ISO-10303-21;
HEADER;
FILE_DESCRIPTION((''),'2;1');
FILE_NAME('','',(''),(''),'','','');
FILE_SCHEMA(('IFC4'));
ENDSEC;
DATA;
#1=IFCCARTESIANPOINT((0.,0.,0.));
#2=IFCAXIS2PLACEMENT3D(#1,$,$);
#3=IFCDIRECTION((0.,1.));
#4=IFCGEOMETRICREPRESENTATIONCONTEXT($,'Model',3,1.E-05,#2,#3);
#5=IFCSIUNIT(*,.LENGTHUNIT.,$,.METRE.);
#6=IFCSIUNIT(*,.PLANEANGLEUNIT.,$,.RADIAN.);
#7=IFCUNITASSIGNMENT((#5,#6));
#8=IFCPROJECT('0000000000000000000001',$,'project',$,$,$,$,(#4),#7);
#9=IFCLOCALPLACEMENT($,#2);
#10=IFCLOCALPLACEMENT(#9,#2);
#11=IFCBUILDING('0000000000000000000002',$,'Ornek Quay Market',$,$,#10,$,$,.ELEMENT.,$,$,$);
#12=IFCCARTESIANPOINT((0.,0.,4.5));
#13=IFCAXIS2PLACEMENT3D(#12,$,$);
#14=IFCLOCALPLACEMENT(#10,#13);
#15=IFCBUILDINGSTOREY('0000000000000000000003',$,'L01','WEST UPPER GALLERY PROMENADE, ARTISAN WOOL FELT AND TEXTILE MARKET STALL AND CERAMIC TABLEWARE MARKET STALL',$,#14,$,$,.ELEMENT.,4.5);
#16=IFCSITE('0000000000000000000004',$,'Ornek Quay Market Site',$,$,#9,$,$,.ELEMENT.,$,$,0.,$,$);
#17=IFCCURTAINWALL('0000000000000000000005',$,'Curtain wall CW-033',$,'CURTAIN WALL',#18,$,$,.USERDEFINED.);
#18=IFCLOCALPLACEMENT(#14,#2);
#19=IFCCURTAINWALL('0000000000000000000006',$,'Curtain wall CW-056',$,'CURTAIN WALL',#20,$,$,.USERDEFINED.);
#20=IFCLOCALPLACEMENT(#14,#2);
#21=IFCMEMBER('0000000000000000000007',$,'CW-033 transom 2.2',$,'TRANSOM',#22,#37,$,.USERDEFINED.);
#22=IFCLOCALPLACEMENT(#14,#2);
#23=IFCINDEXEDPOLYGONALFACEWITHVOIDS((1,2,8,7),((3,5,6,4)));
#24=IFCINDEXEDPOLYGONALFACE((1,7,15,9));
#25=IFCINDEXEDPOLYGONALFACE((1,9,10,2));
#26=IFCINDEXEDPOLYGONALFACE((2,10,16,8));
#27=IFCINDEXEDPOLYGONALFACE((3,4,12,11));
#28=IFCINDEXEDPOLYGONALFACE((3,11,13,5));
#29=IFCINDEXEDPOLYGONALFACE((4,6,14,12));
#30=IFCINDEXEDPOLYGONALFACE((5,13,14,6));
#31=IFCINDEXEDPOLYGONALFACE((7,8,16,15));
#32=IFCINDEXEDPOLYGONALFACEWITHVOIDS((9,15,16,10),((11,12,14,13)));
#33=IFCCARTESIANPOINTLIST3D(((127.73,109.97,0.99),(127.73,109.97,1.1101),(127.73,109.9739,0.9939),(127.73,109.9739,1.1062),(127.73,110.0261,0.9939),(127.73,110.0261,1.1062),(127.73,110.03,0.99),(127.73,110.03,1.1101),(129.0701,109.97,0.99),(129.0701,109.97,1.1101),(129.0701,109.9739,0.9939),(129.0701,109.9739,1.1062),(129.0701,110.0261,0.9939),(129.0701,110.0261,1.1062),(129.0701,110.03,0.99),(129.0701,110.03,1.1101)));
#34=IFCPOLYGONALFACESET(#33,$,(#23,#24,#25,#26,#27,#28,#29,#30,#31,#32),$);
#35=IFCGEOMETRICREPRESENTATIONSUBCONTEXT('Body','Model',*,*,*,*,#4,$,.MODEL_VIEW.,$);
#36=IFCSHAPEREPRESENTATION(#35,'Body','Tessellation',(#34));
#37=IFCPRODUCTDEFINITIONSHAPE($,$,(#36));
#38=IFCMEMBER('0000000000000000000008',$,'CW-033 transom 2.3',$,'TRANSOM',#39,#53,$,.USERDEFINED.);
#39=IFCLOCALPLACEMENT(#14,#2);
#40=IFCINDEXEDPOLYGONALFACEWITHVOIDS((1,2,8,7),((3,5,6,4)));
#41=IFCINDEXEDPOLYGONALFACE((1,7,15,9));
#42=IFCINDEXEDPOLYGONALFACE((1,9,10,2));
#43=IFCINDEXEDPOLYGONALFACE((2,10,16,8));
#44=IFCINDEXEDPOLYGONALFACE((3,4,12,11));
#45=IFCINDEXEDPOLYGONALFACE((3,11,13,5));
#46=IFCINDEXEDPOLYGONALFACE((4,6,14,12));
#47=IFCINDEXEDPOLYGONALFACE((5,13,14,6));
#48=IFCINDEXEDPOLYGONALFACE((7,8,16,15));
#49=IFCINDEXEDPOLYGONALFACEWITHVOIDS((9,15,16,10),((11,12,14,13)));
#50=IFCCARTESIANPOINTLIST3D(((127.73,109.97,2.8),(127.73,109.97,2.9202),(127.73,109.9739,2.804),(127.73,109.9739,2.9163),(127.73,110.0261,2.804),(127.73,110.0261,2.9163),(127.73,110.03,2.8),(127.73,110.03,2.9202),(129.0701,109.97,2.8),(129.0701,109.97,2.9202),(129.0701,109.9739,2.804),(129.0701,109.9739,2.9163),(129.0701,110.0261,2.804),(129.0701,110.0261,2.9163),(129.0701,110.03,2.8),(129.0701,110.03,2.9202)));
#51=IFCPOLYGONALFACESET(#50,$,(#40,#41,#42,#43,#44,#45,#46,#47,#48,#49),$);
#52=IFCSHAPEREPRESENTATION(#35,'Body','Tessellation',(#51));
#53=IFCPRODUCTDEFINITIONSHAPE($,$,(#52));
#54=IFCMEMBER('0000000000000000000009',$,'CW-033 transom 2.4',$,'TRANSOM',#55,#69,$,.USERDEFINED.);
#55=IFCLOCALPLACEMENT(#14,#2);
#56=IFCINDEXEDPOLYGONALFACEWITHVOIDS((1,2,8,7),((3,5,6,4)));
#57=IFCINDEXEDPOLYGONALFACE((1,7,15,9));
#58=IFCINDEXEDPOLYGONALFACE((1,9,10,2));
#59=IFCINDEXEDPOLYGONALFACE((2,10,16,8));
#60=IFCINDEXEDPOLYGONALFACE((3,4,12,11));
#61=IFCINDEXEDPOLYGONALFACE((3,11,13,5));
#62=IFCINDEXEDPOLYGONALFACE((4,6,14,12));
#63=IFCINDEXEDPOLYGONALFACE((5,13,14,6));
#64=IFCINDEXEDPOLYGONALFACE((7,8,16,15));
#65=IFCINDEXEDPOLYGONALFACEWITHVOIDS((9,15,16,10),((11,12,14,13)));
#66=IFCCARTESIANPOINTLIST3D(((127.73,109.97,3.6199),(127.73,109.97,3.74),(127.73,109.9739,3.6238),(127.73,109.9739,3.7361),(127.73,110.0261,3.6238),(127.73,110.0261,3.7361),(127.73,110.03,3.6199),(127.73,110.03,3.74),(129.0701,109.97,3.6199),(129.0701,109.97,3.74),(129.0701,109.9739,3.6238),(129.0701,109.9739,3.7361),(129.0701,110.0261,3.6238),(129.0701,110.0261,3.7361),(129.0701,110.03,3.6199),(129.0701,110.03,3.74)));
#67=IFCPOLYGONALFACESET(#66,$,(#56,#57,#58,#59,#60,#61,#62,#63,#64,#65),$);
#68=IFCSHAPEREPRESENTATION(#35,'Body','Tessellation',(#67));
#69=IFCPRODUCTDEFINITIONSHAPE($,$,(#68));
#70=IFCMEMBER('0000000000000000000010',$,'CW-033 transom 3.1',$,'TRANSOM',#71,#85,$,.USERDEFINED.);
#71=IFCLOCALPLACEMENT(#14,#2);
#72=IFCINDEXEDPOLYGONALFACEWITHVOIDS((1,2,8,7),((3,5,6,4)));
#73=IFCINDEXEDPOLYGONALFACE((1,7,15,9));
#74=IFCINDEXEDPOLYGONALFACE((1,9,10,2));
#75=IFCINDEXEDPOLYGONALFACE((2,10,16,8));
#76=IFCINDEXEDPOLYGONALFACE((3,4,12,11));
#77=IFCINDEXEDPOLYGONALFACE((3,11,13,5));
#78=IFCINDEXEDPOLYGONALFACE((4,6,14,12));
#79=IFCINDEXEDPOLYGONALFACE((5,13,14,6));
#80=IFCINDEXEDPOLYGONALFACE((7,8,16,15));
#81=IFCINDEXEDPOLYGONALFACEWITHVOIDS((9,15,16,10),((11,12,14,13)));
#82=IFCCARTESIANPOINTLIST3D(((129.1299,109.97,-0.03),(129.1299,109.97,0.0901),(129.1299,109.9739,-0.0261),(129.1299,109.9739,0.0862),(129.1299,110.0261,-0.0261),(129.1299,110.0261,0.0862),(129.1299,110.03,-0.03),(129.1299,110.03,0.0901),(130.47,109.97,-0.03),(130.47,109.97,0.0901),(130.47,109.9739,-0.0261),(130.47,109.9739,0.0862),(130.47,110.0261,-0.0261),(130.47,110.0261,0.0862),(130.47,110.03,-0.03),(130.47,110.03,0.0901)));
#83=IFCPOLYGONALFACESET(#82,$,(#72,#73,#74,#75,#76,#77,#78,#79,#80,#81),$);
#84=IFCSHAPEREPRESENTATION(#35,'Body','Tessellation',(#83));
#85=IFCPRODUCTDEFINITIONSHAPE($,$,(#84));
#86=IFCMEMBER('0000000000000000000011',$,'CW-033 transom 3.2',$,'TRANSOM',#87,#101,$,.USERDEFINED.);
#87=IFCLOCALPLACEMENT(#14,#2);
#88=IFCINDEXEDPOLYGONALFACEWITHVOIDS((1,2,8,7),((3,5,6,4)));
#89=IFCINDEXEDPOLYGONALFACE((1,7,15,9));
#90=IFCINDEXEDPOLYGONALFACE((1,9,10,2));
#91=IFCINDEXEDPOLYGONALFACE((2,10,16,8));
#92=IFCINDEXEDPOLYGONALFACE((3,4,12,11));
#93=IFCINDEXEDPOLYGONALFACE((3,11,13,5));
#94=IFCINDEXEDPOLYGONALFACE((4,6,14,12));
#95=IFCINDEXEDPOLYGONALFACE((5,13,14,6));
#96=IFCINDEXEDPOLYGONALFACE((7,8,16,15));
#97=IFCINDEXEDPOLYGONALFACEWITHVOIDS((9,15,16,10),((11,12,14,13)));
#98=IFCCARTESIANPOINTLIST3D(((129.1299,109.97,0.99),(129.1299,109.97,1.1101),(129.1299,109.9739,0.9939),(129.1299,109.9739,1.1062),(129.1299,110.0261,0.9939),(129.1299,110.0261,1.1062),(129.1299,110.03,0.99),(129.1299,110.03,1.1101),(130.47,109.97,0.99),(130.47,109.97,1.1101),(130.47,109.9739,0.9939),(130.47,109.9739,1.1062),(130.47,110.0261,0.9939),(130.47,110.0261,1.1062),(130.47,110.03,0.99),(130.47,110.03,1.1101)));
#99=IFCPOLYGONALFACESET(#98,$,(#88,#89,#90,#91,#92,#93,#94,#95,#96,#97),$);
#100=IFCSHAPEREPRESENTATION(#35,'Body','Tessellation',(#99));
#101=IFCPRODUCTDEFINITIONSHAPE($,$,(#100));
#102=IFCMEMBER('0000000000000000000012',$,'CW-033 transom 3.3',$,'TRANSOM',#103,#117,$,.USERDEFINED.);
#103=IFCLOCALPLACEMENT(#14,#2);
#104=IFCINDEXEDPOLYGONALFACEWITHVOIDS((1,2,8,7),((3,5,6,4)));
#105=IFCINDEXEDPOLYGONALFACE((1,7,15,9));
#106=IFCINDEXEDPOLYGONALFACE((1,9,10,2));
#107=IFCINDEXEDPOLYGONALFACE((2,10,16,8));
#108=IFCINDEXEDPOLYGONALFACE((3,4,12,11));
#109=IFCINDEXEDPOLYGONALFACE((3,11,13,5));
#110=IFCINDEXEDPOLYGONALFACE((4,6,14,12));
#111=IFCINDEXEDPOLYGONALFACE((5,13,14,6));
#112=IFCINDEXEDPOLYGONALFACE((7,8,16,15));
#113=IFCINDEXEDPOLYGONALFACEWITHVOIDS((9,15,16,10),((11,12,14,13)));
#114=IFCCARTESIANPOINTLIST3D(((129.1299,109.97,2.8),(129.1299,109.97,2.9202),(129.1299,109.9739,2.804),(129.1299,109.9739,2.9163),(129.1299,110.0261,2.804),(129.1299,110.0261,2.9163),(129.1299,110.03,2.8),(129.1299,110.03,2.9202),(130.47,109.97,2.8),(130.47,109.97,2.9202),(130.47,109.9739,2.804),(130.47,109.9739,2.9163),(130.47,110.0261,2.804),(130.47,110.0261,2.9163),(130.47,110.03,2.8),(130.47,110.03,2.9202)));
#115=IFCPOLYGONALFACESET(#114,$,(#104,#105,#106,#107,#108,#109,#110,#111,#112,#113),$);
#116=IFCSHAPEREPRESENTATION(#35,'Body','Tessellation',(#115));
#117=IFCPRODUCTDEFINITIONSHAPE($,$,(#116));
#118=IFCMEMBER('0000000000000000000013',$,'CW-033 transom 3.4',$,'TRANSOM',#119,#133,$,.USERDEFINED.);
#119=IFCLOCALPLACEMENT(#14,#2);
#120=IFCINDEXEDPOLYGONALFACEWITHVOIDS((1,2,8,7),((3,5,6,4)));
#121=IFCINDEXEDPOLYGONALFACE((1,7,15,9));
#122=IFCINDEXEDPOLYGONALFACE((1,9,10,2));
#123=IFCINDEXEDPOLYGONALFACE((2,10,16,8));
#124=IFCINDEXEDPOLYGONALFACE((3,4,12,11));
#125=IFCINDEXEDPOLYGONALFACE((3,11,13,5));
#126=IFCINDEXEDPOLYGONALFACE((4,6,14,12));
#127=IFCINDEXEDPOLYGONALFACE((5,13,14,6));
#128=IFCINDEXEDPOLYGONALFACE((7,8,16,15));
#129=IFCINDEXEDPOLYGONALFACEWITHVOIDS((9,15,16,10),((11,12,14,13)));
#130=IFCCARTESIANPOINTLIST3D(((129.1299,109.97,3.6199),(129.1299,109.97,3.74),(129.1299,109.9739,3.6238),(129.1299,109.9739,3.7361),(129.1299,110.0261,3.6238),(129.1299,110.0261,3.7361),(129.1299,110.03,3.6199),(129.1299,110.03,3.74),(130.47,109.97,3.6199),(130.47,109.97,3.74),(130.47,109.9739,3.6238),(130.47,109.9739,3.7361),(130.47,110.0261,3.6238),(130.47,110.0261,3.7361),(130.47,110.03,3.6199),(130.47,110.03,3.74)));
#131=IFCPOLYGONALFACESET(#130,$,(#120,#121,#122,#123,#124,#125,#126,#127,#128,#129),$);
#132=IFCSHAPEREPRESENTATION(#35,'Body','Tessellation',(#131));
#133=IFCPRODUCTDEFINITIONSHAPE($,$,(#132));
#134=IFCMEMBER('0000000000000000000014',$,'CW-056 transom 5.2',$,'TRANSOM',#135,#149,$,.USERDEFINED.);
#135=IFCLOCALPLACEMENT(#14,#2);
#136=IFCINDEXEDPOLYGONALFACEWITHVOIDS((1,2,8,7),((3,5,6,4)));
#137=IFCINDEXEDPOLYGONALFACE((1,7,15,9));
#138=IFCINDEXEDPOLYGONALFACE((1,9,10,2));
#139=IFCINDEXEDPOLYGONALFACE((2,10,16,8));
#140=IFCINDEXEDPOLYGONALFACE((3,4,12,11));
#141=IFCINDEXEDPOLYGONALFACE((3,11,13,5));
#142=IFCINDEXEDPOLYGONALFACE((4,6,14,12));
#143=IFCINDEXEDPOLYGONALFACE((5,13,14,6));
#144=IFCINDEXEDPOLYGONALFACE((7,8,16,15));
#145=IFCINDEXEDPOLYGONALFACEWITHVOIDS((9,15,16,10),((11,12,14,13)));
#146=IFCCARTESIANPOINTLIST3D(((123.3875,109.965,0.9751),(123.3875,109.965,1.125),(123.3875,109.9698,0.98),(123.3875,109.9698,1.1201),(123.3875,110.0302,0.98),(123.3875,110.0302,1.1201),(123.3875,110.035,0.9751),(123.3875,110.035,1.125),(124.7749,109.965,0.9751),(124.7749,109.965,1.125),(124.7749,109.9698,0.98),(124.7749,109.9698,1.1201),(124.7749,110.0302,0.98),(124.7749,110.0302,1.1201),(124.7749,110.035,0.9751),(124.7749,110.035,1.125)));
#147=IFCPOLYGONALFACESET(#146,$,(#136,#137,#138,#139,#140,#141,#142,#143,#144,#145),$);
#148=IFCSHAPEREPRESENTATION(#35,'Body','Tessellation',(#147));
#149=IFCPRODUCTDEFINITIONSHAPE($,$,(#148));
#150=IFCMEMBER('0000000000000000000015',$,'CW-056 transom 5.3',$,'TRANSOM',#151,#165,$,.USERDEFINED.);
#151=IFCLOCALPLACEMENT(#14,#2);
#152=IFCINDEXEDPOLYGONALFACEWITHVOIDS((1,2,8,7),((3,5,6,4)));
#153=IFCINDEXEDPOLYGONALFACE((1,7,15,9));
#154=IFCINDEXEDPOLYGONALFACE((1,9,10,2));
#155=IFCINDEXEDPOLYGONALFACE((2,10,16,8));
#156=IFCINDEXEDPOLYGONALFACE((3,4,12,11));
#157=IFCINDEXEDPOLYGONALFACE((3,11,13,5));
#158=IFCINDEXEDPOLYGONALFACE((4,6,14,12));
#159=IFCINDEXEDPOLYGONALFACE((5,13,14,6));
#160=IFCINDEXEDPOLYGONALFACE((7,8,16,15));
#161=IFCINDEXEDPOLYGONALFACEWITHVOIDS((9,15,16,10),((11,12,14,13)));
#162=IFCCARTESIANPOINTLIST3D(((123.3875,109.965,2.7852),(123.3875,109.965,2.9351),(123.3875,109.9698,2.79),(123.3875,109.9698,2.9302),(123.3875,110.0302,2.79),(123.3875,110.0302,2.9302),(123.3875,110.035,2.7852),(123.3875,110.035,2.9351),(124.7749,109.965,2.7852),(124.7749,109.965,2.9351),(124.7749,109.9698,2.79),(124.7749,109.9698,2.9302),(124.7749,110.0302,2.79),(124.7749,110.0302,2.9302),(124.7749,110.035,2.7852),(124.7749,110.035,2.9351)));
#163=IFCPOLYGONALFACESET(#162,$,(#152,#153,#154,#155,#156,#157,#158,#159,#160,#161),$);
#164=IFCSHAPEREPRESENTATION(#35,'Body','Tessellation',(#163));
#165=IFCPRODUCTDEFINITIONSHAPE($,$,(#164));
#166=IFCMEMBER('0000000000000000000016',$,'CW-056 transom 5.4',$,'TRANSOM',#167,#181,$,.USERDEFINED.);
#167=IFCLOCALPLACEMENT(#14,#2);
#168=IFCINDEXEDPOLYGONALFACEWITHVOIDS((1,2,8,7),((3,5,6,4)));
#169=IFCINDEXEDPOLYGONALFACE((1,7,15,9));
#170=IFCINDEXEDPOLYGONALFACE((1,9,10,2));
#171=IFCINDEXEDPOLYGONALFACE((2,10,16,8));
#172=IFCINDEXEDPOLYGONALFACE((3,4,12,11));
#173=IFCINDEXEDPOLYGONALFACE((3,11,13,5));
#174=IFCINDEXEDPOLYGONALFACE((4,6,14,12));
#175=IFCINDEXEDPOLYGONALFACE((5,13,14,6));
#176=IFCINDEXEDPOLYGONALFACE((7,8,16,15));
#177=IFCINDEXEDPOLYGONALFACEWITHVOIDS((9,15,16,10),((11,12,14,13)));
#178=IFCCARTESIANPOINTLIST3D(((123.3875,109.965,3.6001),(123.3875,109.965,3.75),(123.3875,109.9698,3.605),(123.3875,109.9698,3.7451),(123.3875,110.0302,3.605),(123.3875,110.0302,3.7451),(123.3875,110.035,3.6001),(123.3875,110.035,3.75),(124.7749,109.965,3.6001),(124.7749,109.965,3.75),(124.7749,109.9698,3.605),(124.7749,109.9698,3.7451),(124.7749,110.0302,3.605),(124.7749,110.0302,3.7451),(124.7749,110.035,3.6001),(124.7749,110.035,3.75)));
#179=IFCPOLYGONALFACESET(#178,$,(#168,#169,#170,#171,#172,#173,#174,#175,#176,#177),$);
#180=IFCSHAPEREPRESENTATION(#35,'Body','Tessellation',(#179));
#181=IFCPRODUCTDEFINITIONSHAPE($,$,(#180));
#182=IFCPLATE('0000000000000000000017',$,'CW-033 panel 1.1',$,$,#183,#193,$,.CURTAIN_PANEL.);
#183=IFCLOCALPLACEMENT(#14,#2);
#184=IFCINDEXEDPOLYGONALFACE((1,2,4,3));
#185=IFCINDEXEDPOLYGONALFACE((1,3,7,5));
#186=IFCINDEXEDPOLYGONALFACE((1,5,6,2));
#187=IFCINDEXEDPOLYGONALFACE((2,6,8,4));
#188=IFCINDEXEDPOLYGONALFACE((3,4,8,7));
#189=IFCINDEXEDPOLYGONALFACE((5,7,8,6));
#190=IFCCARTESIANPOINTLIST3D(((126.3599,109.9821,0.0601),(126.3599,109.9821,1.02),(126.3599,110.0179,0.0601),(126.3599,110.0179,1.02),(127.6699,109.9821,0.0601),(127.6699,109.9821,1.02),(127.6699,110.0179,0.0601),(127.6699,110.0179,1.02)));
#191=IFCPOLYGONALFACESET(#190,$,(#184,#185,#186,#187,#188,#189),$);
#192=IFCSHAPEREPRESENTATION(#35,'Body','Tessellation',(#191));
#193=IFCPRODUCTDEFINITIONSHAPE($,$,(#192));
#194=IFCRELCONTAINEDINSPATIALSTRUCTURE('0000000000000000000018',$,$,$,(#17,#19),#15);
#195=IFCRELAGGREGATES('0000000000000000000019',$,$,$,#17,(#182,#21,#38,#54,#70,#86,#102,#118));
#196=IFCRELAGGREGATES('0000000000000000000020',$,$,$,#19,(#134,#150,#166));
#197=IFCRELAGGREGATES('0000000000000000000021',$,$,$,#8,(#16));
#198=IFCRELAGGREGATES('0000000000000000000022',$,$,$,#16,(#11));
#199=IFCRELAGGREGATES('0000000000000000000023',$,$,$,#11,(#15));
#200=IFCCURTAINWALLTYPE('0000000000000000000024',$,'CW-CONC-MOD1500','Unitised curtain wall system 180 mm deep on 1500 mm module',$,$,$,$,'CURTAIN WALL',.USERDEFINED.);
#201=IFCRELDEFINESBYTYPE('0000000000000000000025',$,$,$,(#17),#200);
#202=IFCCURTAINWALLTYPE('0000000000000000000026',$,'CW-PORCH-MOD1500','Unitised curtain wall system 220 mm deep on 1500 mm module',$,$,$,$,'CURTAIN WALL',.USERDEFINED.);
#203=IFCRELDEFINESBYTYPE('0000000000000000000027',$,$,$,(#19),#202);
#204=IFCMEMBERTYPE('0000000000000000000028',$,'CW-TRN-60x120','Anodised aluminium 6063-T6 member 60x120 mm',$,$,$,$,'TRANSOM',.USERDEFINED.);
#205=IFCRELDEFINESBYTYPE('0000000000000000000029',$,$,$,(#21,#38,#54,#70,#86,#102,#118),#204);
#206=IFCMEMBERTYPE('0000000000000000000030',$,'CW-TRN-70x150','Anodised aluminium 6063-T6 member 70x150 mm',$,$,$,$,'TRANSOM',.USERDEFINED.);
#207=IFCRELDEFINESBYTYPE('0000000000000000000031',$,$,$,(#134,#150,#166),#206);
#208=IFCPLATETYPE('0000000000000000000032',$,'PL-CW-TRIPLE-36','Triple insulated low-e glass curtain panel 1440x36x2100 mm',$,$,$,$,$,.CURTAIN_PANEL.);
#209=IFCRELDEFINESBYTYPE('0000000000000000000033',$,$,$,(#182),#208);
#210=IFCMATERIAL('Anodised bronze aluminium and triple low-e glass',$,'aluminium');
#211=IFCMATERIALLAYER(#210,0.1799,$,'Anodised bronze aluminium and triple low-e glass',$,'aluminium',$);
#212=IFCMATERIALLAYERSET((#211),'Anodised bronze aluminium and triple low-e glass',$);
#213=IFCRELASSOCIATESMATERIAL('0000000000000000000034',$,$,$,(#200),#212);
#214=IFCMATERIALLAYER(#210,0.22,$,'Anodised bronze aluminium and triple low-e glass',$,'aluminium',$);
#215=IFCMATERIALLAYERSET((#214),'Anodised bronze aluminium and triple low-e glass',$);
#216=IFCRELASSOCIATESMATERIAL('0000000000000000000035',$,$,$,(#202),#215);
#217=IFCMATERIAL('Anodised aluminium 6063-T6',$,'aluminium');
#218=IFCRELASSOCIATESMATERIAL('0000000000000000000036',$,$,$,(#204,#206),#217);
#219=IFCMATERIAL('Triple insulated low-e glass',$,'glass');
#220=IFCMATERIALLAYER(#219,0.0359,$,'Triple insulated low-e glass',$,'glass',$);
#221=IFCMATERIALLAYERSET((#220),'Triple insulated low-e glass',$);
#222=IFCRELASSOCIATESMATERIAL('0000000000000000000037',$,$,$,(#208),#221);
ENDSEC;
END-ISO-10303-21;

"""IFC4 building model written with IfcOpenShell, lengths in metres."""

from ifc_helpers import new_model, si_unit, direction, frame, origin, origin_2d, place, context, subcontext, project, spatial, rectangle, hollow_rectangle, extrude, material, layer, layer_set, material_profile, profile_set, type_object, element, aggregate, save


model = new_model("IFC4")

# Units and contexts
model_context = context("Model", 3, precision=1e-05, world=origin(), true_north=direction((0.0, 1.0)))
body_context = subcontext(model_context, "Body", "Model", "MODEL_VIEW")
ifc_project = project(units=[si_unit("LENGTHUNIT", "METRE"), si_unit("PLANEANGLEUNIT", "RADIAN")], contexts=[model_context])

# Site, building, storey
site_placement = place(None, origin())
site = spatial("IfcSite", under=ifc_project, at=site_placement, Name="Ornek Quay Market Site", CompositionType="ELEMENT", RefElevation=0.0)
building_placement = place(site_placement, origin())
building = spatial("IfcBuilding", under=site, at=building_placement, Name="Ornek Quay Market", CompositionType="ELEMENT")
storey_placement = place(building_placement, frame((0.0, 0.0, 4.5)))
storey = spatial("IfcBuildingStorey", under=building, at=storey_placement, Name="L01", Description="WEST UPPER GALLERY PROMENADE, ARTISAN WOOL FELT AND TEXTILE MARKET STALL AND CERAMIC TABLEWARE MARKET STALL", CompositionType="ELEMENT", Elevation=4.5)

# Curtain wall
ifc_material_1 = material(Name="Anodised bronze aluminium and triple low-e glass", Category="aluminium")
ifc_layer_1 = layer(ifc_material_1, 0.1799, Name="Anodised bronze aluminium and triple low-e glass", Category="aluminium")
ifc_layer_set_1 = layer_set([ifc_layer_1], Name="Anodised bronze aluminium and triple low-e glass")
curtain_wall_type_1 = type_object("IfcCurtainWallType", Name="CW-CONC-MOD1500", Description="Unitised curtain wall system 180 mm deep on 1500 mm module", ElementType="CURTAIN WALL", PredefinedType="USERDEFINED", material=ifc_layer_set_1)
curtain_wall_1_placement = place(storey_placement, origin())
curtain_wall_1 = element("IfcCurtainWall", 1, at=curtain_wall_1_placement, inside=storey, type_object=curtain_wall_type_1, Name="Curtain wall CW-033", ObjectType="CURTAIN WALL", PredefinedType="USERDEFINED")
ifc_material_2 = material(Name="Anodised aluminium 6063-T6", Category="aluminium")

# Curtain wall
ifc_layer_2 = layer(ifc_material_1, 0.22, Name="Anodised bronze aluminium and triple low-e glass", Category="aluminium")
ifc_layer_set_2 = layer_set([ifc_layer_2], Name="Anodised bronze aluminium and triple low-e glass")
curtain_wall_type_2 = type_object("IfcCurtainWallType", Name="CW-PORCH-MOD1500", Description="Unitised curtain wall system 220 mm deep on 1500 mm module", ElementType="CURTAIN WALL", PredefinedType="USERDEFINED", material=ifc_layer_set_2)
curtain_wall_2_placement = place(storey_placement, origin())
curtain_wall_2 = element("IfcCurtainWall", 2, at=curtain_wall_2_placement, inside=storey, type_object=curtain_wall_type_2, Name="Curtain wall CW-056", ObjectType="CURTAIN WALL", PredefinedType="USERDEFINED")

# Members
ifc_material_profile_1 = material_profile(ifc_material_2, hollow_rectangle(XDim=0.0601, YDim=0.1201, WallThickness=0.0039, at=origin_2d()), Name="CW-TRN-60x120", Category="aluminium")
ifc_profile_set_1 = profile_set([ifc_material_profile_1], Name="Anodised aluminium 6063-T6")
member_type_1 = type_object("IfcMemberType", Name="CW-TRN-60x120", Description="Anodised aluminium 6063-T6 member 60x120 mm", ElementType="TRANSOM", PredefinedType="USERDEFINED", material=ifc_profile_set_1)
member_1_placement = place(storey_placement, frame((127.73, 110.0, 1.05), z_axis=(1.0, 0.0, 0.0), x_axis=(0.0, 1.0, 0.0)))
member_1 = element("IfcMember", 3, at=member_1_placement, type_object=member_type_1, Name="CW-033 transom 2.2", ObjectType="TRANSOM", PredefinedType="USERDEFINED", context=body_context, shape_type="SweptSolid", body=[
    extrude(hollow_rectangle(XDim=0.0601, YDim=0.1201, WallThickness=0.0039, at=origin_2d()), origin(), (0.0, 0.0, 1.0), 1.3401),
])
member_2_placement = place(storey_placement, frame((127.73, 110.0, 2.8601), z_axis=(1.0, 0.0, 0.0), x_axis=(0.0, 1.0, 0.0)))
member_2 = element("IfcMember", 4, at=member_2_placement, type_object=member_type_1, Name="CW-033 transom 2.3", ObjectType="TRANSOM", PredefinedType="USERDEFINED", context=body_context, shape_type="SweptSolid", body=[
    extrude(hollow_rectangle(XDim=0.0601, YDim=0.1201, WallThickness=0.0039, at=origin_2d()), origin(), (0.0, 0.0, 1.0), 1.3401),
])
member_3_placement = place(storey_placement, frame((127.73, 110.0, 3.6799), z_axis=(1.0, 0.0, 0.0), x_axis=(0.0, 1.0, 0.0)))
member_3 = element("IfcMember", 5, at=member_3_placement, type_object=member_type_1, Name="CW-033 transom 2.4", ObjectType="TRANSOM", PredefinedType="USERDEFINED", context=body_context, shape_type="SweptSolid", body=[
    extrude(hollow_rectangle(XDim=0.0601, YDim=0.1201, WallThickness=0.0039, at=origin_2d()), origin(), (0.0, 0.0, 1.0), 1.3401),
])
member_4_placement = place(storey_placement, frame((129.1299, 110.0, 0.03), z_axis=(1.0, 0.0, 0.0), x_axis=(0.0, 1.0, 0.0)))
member_4 = element("IfcMember", 6, at=member_4_placement, type_object=member_type_1, Name="CW-033 transom 3.1", ObjectType="TRANSOM", PredefinedType="USERDEFINED", context=body_context, shape_type="SweptSolid", body=[
    extrude(hollow_rectangle(XDim=0.0601, YDim=0.1201, WallThickness=0.0039, at=origin_2d()), origin(), (0.0, 0.0, 1.0), 1.3401),
])
member_5_placement = place(storey_placement, frame((129.1299, 110.0, 1.05), z_axis=(1.0, 0.0, 0.0), x_axis=(0.0, 1.0, 0.0)))
member_5 = element("IfcMember", 7, at=member_5_placement, type_object=member_type_1, Name="CW-033 transom 3.2", ObjectType="TRANSOM", PredefinedType="USERDEFINED", context=body_context, shape_type="SweptSolid", body=[
    extrude(hollow_rectangle(XDim=0.0601, YDim=0.1201, WallThickness=0.0039, at=origin_2d()), origin(), (0.0, 0.0, 1.0), 1.3401),
])
member_6_placement = place(storey_placement, frame((129.1299, 110.0, 2.8601), z_axis=(1.0, 0.0, 0.0), x_axis=(0.0, 1.0, 0.0)))
member_6 = element("IfcMember", 8, at=member_6_placement, type_object=member_type_1, Name="CW-033 transom 3.3", ObjectType="TRANSOM", PredefinedType="USERDEFINED", context=body_context, shape_type="SweptSolid", body=[
    extrude(hollow_rectangle(XDim=0.0601, YDim=0.1201, WallThickness=0.0039, at=origin_2d()), origin(), (0.0, 0.0, 1.0), 1.3401),
])
member_7_placement = place(storey_placement, frame((129.1299, 110.0, 3.6799), z_axis=(1.0, 0.0, 0.0), x_axis=(0.0, 1.0, 0.0)))
member_7 = element("IfcMember", 9, at=member_7_placement, type_object=member_type_1, Name="CW-033 transom 3.4", ObjectType="TRANSOM", PredefinedType="USERDEFINED", context=body_context, shape_type="SweptSolid", body=[
    extrude(hollow_rectangle(XDim=0.0601, YDim=0.1201, WallThickness=0.0039, at=origin_2d()), origin(), (0.0, 0.0, 1.0), 1.3401),
])
ifc_material_profile_2 = material_profile(ifc_material_2, hollow_rectangle(XDim=0.0701, YDim=0.1499, WallThickness=0.0049, at=origin_2d()), Name="CW-TRN-70x150", Category="aluminium")
ifc_profile_set_2 = profile_set([ifc_material_profile_2], Name="Anodised aluminium 6063-T6")
member_type_2 = type_object("IfcMemberType", Name="CW-TRN-70x150", Description="Anodised aluminium 6063-T6 member 70x150 mm", ElementType="TRANSOM", PredefinedType="USERDEFINED", material=ifc_profile_set_2)
member_8_placement = place(storey_placement, frame((123.3875, 110.0, 1.05), z_axis=(1.0, 0.0, 0.0), x_axis=(0.0, 1.0, 0.0)))
member_8 = element("IfcMember", 10, at=member_8_placement, type_object=member_type_2, Name="CW-056 transom 5.2", ObjectType="TRANSOM", PredefinedType="USERDEFINED", context=body_context, shape_type="SweptSolid", body=[
    extrude(hollow_rectangle(XDim=0.0701, YDim=0.1499, WallThickness=0.0049, at=origin_2d()), origin(), (0.0, 0.0, 1.0), 1.3875),
])
member_9_placement = place(storey_placement, frame((123.3875, 110.0, 2.8601), z_axis=(1.0, 0.0, 0.0), x_axis=(0.0, 1.0, 0.0)))
member_9 = element("IfcMember", 11, at=member_9_placement, type_object=member_type_2, Name="CW-056 transom 5.3", ObjectType="TRANSOM", PredefinedType="USERDEFINED", context=body_context, shape_type="SweptSolid", body=[
    extrude(hollow_rectangle(XDim=0.0701, YDim=0.1499, WallThickness=0.0049, at=origin_2d()), origin(), (0.0, 0.0, 1.0), 1.3875),
])
member_10_placement = place(storey_placement, frame((123.3875, 110.0, 3.675), z_axis=(1.0, 0.0, 0.0), x_axis=(0.0, 1.0, 0.0)))
member_10 = element("IfcMember", 12, at=member_10_placement, type_object=member_type_2, Name="CW-056 transom 5.4", ObjectType="TRANSOM", PredefinedType="USERDEFINED", context=body_context, shape_type="SweptSolid", body=[
    extrude(hollow_rectangle(XDim=0.0701, YDim=0.1499, WallThickness=0.0049, at=origin_2d()), origin(), (0.0, 0.0, 1.0), 1.3875),
])

# Plate
ifc_material_3 = material(Name="Triple insulated low-e glass", Category="glass")
ifc_layer_3 = layer(ifc_material_3, 0.0359, Name="Triple insulated low-e glass", Category="glass")
ifc_layer_set_3 = layer_set([ifc_layer_3], Name="Triple insulated low-e glass")
plate_type_1 = type_object("IfcPlateType", Name="PL-CW-TRIPLE-36", Description="Triple insulated low-e glass curtain panel 1440x36x2100 mm", PredefinedType="CURTAIN_PANEL", material=ifc_layer_set_3)
plate_1_placement = place(storey_placement, frame((127.0149, 110.0, 0.0601), z_axis=(0.0, 0.0, 1.0), x_axis=(1.0, 0.0, 0.0)))
plate_1 = element("IfcPlate", 13, at=plate_1_placement, type_object=plate_type_1, Name="CW-033 panel 1.1", PredefinedType="CURTAIN_PANEL", context=body_context, shape_type="SweptSolid", body=[
    extrude(rectangle(XDim=1.3101, YDim=0.0359, at=origin_2d()), origin(), (0.0, 0.0, 1.0), 0.96),
])
aggregate(curtain_wall_1, [plate_1, member_1, member_2, member_3, member_4, member_5, member_6, member_7])
aggregate(curtain_wall_2, [member_8, member_9, member_10])

save(model, "model.ifc")
